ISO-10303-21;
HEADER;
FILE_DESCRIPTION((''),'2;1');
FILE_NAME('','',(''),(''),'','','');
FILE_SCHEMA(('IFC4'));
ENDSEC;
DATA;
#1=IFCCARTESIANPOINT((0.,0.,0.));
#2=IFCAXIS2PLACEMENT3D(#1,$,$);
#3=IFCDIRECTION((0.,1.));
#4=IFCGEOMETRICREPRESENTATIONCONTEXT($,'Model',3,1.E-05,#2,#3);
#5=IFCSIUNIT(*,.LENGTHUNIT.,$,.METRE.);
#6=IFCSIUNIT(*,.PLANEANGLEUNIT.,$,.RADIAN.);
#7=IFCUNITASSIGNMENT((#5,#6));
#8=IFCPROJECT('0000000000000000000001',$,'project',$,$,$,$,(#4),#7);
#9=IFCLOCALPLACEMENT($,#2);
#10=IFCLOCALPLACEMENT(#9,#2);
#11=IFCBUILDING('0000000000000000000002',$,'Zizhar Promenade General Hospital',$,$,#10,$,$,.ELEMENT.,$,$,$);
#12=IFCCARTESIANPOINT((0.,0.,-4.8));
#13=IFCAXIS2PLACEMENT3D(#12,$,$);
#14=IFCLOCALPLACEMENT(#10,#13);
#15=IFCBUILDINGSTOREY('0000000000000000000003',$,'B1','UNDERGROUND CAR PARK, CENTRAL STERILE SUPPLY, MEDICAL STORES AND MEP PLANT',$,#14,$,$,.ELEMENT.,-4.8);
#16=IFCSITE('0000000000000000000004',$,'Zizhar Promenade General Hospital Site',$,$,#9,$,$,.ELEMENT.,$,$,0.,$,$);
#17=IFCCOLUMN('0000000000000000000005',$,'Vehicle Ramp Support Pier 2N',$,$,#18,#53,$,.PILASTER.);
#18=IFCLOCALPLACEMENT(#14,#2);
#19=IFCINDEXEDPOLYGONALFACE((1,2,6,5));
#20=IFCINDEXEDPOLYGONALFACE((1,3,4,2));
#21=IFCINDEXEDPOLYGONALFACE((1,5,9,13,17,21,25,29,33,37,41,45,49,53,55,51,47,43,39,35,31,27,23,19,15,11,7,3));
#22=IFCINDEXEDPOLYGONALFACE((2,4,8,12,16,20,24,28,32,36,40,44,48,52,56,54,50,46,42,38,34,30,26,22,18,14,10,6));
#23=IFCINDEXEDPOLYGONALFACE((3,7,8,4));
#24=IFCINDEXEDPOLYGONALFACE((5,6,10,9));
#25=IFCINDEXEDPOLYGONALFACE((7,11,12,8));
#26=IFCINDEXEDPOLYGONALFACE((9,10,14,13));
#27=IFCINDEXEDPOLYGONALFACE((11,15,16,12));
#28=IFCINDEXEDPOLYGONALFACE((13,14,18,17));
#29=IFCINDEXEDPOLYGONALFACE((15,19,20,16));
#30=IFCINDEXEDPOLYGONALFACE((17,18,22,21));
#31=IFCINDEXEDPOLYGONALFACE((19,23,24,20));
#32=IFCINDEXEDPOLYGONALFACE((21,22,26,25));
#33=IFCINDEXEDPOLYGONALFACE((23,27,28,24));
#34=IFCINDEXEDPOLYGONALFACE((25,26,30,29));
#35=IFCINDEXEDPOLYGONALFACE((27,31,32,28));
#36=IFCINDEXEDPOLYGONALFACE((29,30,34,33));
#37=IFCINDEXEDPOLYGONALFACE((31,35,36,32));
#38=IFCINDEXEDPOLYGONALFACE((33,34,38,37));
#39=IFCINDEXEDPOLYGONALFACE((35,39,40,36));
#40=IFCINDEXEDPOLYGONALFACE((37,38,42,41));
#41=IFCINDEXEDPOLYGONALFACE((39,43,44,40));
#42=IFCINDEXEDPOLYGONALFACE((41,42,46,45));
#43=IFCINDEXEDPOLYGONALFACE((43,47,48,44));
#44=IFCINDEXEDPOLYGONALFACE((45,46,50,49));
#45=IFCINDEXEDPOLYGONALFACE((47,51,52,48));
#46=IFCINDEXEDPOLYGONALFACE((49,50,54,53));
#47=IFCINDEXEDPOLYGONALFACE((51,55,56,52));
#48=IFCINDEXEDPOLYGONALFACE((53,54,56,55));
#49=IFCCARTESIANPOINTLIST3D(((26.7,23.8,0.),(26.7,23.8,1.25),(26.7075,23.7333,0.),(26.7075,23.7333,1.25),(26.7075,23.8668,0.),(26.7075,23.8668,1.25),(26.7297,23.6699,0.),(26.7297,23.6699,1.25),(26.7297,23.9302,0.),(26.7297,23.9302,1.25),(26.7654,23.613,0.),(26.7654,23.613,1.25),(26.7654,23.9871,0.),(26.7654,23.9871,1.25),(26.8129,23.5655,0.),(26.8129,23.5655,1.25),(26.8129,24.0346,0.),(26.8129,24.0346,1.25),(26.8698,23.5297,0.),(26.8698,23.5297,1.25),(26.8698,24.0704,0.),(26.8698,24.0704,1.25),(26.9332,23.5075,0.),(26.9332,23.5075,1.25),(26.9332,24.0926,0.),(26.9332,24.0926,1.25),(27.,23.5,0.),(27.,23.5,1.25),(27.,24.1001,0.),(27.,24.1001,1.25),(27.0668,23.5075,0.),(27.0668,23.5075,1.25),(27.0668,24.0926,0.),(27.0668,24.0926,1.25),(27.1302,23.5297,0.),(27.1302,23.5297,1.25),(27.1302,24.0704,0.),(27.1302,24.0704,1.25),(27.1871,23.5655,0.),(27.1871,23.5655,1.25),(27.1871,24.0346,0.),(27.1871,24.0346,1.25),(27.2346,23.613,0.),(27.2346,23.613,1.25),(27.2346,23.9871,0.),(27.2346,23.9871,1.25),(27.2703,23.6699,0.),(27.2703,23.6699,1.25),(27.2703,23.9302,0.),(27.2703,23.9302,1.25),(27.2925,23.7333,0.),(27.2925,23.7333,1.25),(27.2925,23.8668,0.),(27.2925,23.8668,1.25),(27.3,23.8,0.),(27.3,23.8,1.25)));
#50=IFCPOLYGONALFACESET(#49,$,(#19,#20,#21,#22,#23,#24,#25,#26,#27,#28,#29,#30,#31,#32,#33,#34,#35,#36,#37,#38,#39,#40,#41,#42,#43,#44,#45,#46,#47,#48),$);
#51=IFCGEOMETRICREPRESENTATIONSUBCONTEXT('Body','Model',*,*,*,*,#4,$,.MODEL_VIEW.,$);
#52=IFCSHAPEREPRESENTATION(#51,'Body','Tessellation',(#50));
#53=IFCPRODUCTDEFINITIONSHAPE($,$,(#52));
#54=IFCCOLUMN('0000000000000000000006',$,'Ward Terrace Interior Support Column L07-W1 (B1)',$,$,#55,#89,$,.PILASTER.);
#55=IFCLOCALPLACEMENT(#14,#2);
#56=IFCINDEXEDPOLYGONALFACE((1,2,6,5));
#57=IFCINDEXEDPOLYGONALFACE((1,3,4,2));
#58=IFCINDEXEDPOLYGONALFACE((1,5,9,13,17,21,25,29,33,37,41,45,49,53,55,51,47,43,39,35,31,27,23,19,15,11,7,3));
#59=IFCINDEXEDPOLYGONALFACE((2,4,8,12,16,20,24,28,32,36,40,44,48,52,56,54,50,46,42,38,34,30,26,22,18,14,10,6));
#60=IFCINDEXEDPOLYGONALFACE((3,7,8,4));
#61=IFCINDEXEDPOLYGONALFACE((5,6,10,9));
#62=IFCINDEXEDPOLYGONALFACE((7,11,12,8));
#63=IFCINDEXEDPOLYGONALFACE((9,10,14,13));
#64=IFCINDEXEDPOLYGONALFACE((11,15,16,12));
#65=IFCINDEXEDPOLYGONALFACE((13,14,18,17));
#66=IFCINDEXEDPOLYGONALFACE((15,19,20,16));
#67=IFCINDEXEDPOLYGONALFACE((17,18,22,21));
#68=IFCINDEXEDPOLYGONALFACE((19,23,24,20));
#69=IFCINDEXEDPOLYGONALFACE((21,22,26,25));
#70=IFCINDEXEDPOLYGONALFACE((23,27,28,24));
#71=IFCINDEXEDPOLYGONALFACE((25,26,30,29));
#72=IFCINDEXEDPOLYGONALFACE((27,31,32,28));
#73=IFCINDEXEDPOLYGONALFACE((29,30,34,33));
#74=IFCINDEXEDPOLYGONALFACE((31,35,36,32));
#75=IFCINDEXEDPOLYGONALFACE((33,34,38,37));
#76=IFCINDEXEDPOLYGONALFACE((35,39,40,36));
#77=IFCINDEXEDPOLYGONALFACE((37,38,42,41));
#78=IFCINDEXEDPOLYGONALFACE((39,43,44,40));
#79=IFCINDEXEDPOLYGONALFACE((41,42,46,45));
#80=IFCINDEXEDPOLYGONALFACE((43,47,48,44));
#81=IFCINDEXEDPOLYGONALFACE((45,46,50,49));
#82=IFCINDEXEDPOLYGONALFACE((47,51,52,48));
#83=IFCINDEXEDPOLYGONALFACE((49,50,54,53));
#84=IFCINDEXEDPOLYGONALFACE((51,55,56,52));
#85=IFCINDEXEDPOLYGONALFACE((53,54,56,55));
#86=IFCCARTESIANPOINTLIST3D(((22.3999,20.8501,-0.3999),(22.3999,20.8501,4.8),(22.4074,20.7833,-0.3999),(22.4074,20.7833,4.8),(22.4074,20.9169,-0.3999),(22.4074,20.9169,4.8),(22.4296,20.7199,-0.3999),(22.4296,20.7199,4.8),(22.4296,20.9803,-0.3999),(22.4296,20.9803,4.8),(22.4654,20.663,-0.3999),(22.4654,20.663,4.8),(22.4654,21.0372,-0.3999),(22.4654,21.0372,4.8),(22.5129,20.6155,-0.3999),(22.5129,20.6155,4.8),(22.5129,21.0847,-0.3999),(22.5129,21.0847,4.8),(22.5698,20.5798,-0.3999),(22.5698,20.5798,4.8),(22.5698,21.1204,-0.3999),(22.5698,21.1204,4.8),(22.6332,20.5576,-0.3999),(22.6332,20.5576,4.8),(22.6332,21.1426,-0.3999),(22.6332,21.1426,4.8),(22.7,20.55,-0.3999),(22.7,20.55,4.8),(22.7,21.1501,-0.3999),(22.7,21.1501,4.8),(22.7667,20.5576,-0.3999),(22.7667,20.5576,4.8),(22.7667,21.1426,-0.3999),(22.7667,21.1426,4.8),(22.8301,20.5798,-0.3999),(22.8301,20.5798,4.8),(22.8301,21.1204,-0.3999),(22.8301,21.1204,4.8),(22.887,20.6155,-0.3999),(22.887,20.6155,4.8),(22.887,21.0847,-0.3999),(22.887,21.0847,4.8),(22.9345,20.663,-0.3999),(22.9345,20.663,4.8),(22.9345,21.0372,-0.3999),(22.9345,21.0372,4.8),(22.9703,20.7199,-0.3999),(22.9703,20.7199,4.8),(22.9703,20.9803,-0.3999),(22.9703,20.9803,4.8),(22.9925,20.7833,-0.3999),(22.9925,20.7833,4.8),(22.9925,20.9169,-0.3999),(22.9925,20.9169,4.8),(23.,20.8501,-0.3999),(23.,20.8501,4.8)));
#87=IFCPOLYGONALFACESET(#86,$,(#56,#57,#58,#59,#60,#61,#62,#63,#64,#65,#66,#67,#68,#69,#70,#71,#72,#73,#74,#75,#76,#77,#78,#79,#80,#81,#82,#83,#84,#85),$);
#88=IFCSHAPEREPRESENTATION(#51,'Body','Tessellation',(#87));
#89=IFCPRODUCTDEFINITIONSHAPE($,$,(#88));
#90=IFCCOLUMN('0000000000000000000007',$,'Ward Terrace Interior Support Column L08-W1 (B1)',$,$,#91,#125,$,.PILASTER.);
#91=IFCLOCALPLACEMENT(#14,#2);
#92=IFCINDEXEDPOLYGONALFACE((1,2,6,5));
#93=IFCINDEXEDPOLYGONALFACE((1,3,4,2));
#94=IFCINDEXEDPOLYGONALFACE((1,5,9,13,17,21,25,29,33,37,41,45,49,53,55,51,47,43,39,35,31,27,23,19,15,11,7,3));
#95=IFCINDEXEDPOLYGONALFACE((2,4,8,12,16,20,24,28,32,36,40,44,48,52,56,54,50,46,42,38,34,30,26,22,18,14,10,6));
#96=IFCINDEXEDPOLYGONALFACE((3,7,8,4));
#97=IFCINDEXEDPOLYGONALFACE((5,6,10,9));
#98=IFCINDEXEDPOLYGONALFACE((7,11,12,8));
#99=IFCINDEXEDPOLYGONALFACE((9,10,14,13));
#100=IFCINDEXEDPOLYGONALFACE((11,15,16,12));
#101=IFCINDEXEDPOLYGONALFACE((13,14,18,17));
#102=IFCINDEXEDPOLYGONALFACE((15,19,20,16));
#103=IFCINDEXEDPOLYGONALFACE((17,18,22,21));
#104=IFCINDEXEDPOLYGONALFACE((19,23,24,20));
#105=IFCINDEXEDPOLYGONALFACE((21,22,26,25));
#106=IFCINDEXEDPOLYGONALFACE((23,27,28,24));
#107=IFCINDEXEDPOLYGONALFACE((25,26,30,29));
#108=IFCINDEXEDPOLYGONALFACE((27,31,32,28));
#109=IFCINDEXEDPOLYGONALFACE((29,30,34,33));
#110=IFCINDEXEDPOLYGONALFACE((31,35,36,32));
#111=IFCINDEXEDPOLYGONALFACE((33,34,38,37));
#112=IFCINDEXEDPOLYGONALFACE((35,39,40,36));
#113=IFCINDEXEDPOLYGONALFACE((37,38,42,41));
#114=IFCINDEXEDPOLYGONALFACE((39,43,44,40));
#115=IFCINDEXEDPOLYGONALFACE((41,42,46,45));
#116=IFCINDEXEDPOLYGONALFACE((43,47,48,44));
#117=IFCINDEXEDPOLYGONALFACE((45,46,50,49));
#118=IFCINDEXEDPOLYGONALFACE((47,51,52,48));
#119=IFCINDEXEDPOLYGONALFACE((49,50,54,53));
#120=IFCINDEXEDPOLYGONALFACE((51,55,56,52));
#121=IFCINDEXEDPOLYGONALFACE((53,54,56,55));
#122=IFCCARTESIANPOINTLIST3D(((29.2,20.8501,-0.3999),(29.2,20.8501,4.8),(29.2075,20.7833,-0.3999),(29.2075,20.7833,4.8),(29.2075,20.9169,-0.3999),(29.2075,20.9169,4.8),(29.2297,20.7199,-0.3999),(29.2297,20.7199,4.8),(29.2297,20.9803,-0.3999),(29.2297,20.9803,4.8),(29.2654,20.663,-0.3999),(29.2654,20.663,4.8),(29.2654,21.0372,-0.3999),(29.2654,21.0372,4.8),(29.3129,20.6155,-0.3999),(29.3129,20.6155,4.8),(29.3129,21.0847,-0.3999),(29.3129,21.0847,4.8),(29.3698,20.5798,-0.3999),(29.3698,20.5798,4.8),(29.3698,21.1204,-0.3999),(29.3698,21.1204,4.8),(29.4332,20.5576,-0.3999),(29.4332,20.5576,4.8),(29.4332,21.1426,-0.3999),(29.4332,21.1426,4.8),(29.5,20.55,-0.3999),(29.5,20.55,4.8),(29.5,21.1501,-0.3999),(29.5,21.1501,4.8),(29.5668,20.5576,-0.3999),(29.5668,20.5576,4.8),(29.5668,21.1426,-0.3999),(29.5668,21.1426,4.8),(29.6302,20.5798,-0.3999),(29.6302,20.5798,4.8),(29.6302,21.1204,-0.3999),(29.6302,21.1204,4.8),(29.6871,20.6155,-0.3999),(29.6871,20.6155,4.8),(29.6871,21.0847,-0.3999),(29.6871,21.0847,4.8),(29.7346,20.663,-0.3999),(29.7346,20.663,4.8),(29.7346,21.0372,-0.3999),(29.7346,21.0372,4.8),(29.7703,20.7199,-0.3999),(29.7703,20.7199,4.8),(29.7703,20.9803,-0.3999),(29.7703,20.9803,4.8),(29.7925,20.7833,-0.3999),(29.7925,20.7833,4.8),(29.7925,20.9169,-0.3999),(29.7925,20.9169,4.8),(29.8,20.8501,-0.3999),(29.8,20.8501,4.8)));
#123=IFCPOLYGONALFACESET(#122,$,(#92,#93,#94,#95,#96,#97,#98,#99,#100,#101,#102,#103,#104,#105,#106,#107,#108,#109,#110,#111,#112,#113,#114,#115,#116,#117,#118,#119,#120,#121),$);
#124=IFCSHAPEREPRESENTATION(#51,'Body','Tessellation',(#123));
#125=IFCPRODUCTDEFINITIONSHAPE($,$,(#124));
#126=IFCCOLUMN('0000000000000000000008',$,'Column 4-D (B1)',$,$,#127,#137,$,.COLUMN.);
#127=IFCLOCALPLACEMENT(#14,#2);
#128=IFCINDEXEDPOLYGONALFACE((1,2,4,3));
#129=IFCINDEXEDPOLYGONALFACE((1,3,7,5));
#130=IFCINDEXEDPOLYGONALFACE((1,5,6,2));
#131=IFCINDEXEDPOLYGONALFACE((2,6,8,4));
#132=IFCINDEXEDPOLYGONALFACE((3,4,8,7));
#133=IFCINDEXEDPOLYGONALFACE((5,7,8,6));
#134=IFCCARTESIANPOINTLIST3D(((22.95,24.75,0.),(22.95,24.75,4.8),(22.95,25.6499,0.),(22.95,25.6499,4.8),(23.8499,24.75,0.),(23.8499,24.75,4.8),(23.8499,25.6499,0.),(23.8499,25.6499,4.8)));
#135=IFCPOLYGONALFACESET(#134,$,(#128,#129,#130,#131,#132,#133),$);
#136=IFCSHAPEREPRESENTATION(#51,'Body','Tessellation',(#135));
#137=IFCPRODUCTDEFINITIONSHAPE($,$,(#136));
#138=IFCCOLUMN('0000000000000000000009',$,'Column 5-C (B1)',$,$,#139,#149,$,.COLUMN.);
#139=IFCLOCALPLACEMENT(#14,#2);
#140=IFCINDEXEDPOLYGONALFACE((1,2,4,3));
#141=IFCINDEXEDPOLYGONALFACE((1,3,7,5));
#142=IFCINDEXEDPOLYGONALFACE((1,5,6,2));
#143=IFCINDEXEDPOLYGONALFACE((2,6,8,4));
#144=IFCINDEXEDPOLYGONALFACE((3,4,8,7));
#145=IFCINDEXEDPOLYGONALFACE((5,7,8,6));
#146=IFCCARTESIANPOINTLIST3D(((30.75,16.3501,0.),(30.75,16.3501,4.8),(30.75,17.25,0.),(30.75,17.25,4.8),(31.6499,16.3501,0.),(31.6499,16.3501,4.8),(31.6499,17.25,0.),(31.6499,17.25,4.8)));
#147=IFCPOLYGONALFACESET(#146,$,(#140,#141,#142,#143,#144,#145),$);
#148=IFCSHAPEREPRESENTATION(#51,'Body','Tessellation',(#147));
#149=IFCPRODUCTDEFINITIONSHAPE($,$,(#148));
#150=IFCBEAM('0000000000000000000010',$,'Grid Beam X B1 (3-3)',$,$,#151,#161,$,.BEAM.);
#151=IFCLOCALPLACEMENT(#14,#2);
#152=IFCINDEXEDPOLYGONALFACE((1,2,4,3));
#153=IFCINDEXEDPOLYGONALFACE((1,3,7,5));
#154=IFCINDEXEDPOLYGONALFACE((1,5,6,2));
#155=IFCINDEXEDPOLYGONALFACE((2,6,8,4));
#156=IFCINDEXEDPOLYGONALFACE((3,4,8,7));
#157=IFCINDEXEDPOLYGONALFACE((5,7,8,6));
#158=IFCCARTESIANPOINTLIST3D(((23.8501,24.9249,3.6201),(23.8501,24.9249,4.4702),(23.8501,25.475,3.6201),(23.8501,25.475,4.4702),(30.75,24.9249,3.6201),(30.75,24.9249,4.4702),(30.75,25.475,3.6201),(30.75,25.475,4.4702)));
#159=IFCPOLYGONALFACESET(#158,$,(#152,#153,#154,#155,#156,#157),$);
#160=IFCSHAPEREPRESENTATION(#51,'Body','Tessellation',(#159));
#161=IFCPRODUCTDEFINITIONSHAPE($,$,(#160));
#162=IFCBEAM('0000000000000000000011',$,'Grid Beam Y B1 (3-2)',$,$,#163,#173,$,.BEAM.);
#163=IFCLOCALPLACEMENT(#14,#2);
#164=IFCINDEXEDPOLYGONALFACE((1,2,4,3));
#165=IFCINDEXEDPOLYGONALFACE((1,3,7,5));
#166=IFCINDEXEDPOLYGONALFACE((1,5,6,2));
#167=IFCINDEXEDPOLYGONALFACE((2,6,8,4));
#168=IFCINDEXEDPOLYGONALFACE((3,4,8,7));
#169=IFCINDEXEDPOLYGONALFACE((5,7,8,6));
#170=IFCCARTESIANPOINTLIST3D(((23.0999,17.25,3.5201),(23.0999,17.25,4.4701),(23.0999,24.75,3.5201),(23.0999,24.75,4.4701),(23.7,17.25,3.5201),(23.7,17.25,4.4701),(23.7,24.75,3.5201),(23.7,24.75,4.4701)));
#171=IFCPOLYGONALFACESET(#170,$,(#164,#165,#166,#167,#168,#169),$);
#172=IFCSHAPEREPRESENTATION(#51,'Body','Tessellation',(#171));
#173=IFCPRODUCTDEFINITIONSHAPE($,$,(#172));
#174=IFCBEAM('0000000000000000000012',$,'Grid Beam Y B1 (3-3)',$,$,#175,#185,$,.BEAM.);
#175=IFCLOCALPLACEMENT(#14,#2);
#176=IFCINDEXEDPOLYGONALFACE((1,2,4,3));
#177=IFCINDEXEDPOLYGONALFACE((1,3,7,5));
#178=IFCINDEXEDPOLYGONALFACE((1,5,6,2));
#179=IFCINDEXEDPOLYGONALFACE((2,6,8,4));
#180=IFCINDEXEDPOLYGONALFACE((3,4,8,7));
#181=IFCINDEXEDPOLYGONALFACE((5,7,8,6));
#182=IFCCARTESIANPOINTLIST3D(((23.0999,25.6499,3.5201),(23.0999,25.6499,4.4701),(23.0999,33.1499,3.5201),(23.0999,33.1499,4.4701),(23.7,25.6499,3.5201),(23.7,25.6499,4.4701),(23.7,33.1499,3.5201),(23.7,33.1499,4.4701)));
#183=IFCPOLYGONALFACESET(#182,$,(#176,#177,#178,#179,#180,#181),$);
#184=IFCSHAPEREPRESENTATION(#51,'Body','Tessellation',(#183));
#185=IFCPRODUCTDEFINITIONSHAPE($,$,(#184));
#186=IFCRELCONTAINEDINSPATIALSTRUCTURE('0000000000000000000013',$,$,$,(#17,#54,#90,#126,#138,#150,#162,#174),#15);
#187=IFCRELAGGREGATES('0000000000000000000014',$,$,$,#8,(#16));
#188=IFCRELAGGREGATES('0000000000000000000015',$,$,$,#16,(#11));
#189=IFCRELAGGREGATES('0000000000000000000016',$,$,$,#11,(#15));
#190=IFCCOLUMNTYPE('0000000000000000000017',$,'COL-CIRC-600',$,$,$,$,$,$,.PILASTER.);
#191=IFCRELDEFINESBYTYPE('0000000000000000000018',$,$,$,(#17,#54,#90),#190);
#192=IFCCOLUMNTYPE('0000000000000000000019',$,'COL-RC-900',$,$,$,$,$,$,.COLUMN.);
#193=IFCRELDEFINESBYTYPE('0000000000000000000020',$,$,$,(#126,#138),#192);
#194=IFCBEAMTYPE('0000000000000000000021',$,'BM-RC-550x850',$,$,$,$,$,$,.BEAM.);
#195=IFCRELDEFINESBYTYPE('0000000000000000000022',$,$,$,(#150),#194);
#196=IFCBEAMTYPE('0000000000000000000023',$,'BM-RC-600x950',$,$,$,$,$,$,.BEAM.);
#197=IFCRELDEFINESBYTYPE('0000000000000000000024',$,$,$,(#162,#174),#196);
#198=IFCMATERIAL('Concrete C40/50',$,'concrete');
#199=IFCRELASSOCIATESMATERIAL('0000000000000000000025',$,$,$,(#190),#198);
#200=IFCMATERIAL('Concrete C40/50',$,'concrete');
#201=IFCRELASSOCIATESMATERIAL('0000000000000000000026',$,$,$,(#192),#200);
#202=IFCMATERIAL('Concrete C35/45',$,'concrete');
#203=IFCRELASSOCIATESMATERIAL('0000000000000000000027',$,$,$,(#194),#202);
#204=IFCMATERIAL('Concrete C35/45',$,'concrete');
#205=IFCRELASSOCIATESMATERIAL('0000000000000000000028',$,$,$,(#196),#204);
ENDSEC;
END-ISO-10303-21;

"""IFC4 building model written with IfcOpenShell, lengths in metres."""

from ifc_helpers import new_model, si_unit, direction, frame, origin, origin_2d, place, context, subcontext, project, spatial, rectangle, circle, extrude, material, material_profile, profile_set, type_object, element, save


model = new_model("IFC4")

# Units and contexts
model_context = context("Model", 3, precision=1e-05, world=origin(), true_north=direction((0.0, 1.0)))
body_context = subcontext(model_context, "Body", "Model", "MODEL_VIEW")
ifc_project = project(units=[si_unit("LENGTHUNIT", "METRE"), si_unit("PLANEANGLEUNIT", "RADIAN")], contexts=[model_context])

# Site, building, storey
site_placement = place(None, origin())
site = spatial("IfcSite", under=ifc_project, at=site_placement, Name="Zizhar Promenade General Hospital Site", CompositionType="ELEMENT", RefElevation=0.0)
building_placement = place(site_placement, origin())
building = spatial("IfcBuilding", under=site, at=building_placement, Name="Zizhar Promenade General Hospital", CompositionType="ELEMENT")
storey_placement = place(building_placement, frame((0.0, 0.0, -4.8)))
storey = spatial("IfcBuildingStorey", under=building, at=storey_placement, Name="B1", Description="UNDERGROUND CAR PARK, CENTRAL STERILE SUPPLY, MEDICAL STORES AND MEP PLANT", CompositionType="ELEMENT", Elevation=-4.8)

# Columns
ifc_material_1 = material(Name="Concrete C40/50", Category="concrete")
ifc_material_profile_1 = material_profile(ifc_material_1, circle(Radius=0.3, at=origin_2d()))
ifc_profile_set_1 = profile_set([ifc_material_profile_1], Name="Concrete C40/50")
column_type_1 = type_object("IfcColumnType", Name="COL-CIRC-600", PredefinedType="PILASTER", material=ifc_profile_set_1)
for number, where, z_axis, x_axis, name in (
    (1, (27.0, 23.8, 0.0), (0.0, 0.0, 1.0), (1.0, 0.0, 0.0), "Vehicle Ramp Support Pier 2N"),
):
    element("IfcColumn", number, at=place(storey_placement, frame(where, z_axis=z_axis, x_axis=x_axis)), inside=storey, type_object=column_type_1, Name=name, PredefinedType="PILASTER", context=body_context, shape_type="SweptSolid", body=[
        extrude(circle(Radius=0.3, at=origin_2d()), origin(), (0.0, 0.0, 1.0), 1.25),
    ])
for number, where, z_axis, x_axis, name in (
    (2, (22.7, 20.8501, -0.3999), (0.0, 0.0, 1.0), (1.0, 0.0, 0.0), "Ward Terrace Interior Support Column L07-W1 (B1)"),
    (3, (29.5, 20.8501, -0.3999), (0.0, 0.0, 1.0), (1.0, 0.0, 0.0), "Ward Terrace Interior Support Column L08-W1 (B1)"),
):
    element("IfcColumn", number, at=place(storey_placement, frame(where, z_axis=z_axis, x_axis=x_axis)), inside=storey, type_object=column_type_1, Name=name, PredefinedType="PILASTER", context=body_context, shape_type="SweptSolid", body=[
        extrude(circle(Radius=0.3, at=origin_2d()), origin(), (0.0, 0.0, 1.0), 5.2),
    ])
ifc_material_2 = material(Name="Concrete C40/50", Category="concrete")
ifc_material_profile_2 = material_profile(ifc_material_2, rectangle(XDim=0.8999, YDim=0.8999, at=origin_2d()))
ifc_profile_set_2 = profile_set([ifc_material_profile_2], Name="Concrete C40/50")
column_type_2 = type_object("IfcColumnType", Name="COL-RC-900", PredefinedType="COLUMN", material=ifc_profile_set_2)
for number, where, z_axis, x_axis, name in (
    (4, (23.3999, 25.2, 0.0), (0.0, 0.0, 1.0), (1.0, 0.0, 0.0), "Column 4-D (B1)"),
    (5, (31.2, 16.8, 0.0), (0.0, 0.0, 1.0), (1.0, 0.0, 0.0), "Column 5-C (B1)"),
):
    element("IfcColumn", number, at=place(storey_placement, frame(where, z_axis=z_axis, x_axis=x_axis)), inside=storey, type_object=column_type_2, Name=name, PredefinedType="COLUMN", context=body_context, shape_type="SweptSolid", body=[
        extrude(rectangle(XDim=0.8999, YDim=0.8999, at=origin_2d()), origin(), (0.0, 0.0, 1.0), 4.8),
    ])

# Beams
ifc_material_3 = material(Name="Concrete C35/45", Category="concrete")
ifc_material_profile_3 = material_profile(ifc_material_3, rectangle(XDim=0.55, YDim=0.8501, at=origin_2d()))
ifc_profile_set_3 = profile_set([ifc_material_profile_3], Name="Concrete C35/45")
beam_type_1 = type_object("IfcBeamType", Name="BM-RC-550x850", PredefinedType="BEAM", material=ifc_profile_set_3)
beam_placement = place(storey_placement, frame((23.8501, 25.2, 4.0452), z_axis=(1.0, 0.0, 0.0), x_axis=(0.0, 1.0, 0.0)))
element("IfcBeam", 6, at=beam_placement, inside=storey, type_object=beam_type_1, Name="Grid Beam X B1 (3-3)", PredefinedType="BEAM", context=body_context, shape_type="SweptSolid", body=[
    extrude(rectangle(XDim=0.55, YDim=0.8501, at=origin_2d()), origin(), (0.0, 0.0, 1.0), 6.8999),
])
ifc_material_4 = material(Name="Concrete C35/45", Category="concrete")
ifc_material_profile_4 = material_profile(ifc_material_4, rectangle(XDim=0.6001, YDim=0.95, at=origin_2d()))
ifc_profile_set_4 = profile_set([ifc_material_profile_4], Name="Concrete C35/45")
beam_type_2 = type_object("IfcBeamType", Name="BM-RC-600x950", PredefinedType="BEAM", material=ifc_profile_set_4)
for number, where, z_axis, x_axis, name in (
    (7, (23.3999, 17.25, 3.9951), (0.0, 1.0, 0.0), (-1.0, 0.0, 0.0), "Grid Beam Y B1 (3-2)"),
    (8, (23.3999, 25.6499, 3.9951), (0.0, 1.0, 0.0), (-1.0, 0.0, 0.0), "Grid Beam Y B1 (3-3)"),
):
    element("IfcBeam", number, at=place(storey_placement, frame(where, z_axis=z_axis, x_axis=x_axis)), inside=storey, type_object=beam_type_2, Name=name, PredefinedType="BEAM", context=body_context, shape_type="SweptSolid", body=[
        extrude(rectangle(XDim=0.6001, YDim=0.95, at=origin_2d()), origin(), (0.0, 0.0, 1.0), 7.5),
    ])

save(model, "model.ifc")
